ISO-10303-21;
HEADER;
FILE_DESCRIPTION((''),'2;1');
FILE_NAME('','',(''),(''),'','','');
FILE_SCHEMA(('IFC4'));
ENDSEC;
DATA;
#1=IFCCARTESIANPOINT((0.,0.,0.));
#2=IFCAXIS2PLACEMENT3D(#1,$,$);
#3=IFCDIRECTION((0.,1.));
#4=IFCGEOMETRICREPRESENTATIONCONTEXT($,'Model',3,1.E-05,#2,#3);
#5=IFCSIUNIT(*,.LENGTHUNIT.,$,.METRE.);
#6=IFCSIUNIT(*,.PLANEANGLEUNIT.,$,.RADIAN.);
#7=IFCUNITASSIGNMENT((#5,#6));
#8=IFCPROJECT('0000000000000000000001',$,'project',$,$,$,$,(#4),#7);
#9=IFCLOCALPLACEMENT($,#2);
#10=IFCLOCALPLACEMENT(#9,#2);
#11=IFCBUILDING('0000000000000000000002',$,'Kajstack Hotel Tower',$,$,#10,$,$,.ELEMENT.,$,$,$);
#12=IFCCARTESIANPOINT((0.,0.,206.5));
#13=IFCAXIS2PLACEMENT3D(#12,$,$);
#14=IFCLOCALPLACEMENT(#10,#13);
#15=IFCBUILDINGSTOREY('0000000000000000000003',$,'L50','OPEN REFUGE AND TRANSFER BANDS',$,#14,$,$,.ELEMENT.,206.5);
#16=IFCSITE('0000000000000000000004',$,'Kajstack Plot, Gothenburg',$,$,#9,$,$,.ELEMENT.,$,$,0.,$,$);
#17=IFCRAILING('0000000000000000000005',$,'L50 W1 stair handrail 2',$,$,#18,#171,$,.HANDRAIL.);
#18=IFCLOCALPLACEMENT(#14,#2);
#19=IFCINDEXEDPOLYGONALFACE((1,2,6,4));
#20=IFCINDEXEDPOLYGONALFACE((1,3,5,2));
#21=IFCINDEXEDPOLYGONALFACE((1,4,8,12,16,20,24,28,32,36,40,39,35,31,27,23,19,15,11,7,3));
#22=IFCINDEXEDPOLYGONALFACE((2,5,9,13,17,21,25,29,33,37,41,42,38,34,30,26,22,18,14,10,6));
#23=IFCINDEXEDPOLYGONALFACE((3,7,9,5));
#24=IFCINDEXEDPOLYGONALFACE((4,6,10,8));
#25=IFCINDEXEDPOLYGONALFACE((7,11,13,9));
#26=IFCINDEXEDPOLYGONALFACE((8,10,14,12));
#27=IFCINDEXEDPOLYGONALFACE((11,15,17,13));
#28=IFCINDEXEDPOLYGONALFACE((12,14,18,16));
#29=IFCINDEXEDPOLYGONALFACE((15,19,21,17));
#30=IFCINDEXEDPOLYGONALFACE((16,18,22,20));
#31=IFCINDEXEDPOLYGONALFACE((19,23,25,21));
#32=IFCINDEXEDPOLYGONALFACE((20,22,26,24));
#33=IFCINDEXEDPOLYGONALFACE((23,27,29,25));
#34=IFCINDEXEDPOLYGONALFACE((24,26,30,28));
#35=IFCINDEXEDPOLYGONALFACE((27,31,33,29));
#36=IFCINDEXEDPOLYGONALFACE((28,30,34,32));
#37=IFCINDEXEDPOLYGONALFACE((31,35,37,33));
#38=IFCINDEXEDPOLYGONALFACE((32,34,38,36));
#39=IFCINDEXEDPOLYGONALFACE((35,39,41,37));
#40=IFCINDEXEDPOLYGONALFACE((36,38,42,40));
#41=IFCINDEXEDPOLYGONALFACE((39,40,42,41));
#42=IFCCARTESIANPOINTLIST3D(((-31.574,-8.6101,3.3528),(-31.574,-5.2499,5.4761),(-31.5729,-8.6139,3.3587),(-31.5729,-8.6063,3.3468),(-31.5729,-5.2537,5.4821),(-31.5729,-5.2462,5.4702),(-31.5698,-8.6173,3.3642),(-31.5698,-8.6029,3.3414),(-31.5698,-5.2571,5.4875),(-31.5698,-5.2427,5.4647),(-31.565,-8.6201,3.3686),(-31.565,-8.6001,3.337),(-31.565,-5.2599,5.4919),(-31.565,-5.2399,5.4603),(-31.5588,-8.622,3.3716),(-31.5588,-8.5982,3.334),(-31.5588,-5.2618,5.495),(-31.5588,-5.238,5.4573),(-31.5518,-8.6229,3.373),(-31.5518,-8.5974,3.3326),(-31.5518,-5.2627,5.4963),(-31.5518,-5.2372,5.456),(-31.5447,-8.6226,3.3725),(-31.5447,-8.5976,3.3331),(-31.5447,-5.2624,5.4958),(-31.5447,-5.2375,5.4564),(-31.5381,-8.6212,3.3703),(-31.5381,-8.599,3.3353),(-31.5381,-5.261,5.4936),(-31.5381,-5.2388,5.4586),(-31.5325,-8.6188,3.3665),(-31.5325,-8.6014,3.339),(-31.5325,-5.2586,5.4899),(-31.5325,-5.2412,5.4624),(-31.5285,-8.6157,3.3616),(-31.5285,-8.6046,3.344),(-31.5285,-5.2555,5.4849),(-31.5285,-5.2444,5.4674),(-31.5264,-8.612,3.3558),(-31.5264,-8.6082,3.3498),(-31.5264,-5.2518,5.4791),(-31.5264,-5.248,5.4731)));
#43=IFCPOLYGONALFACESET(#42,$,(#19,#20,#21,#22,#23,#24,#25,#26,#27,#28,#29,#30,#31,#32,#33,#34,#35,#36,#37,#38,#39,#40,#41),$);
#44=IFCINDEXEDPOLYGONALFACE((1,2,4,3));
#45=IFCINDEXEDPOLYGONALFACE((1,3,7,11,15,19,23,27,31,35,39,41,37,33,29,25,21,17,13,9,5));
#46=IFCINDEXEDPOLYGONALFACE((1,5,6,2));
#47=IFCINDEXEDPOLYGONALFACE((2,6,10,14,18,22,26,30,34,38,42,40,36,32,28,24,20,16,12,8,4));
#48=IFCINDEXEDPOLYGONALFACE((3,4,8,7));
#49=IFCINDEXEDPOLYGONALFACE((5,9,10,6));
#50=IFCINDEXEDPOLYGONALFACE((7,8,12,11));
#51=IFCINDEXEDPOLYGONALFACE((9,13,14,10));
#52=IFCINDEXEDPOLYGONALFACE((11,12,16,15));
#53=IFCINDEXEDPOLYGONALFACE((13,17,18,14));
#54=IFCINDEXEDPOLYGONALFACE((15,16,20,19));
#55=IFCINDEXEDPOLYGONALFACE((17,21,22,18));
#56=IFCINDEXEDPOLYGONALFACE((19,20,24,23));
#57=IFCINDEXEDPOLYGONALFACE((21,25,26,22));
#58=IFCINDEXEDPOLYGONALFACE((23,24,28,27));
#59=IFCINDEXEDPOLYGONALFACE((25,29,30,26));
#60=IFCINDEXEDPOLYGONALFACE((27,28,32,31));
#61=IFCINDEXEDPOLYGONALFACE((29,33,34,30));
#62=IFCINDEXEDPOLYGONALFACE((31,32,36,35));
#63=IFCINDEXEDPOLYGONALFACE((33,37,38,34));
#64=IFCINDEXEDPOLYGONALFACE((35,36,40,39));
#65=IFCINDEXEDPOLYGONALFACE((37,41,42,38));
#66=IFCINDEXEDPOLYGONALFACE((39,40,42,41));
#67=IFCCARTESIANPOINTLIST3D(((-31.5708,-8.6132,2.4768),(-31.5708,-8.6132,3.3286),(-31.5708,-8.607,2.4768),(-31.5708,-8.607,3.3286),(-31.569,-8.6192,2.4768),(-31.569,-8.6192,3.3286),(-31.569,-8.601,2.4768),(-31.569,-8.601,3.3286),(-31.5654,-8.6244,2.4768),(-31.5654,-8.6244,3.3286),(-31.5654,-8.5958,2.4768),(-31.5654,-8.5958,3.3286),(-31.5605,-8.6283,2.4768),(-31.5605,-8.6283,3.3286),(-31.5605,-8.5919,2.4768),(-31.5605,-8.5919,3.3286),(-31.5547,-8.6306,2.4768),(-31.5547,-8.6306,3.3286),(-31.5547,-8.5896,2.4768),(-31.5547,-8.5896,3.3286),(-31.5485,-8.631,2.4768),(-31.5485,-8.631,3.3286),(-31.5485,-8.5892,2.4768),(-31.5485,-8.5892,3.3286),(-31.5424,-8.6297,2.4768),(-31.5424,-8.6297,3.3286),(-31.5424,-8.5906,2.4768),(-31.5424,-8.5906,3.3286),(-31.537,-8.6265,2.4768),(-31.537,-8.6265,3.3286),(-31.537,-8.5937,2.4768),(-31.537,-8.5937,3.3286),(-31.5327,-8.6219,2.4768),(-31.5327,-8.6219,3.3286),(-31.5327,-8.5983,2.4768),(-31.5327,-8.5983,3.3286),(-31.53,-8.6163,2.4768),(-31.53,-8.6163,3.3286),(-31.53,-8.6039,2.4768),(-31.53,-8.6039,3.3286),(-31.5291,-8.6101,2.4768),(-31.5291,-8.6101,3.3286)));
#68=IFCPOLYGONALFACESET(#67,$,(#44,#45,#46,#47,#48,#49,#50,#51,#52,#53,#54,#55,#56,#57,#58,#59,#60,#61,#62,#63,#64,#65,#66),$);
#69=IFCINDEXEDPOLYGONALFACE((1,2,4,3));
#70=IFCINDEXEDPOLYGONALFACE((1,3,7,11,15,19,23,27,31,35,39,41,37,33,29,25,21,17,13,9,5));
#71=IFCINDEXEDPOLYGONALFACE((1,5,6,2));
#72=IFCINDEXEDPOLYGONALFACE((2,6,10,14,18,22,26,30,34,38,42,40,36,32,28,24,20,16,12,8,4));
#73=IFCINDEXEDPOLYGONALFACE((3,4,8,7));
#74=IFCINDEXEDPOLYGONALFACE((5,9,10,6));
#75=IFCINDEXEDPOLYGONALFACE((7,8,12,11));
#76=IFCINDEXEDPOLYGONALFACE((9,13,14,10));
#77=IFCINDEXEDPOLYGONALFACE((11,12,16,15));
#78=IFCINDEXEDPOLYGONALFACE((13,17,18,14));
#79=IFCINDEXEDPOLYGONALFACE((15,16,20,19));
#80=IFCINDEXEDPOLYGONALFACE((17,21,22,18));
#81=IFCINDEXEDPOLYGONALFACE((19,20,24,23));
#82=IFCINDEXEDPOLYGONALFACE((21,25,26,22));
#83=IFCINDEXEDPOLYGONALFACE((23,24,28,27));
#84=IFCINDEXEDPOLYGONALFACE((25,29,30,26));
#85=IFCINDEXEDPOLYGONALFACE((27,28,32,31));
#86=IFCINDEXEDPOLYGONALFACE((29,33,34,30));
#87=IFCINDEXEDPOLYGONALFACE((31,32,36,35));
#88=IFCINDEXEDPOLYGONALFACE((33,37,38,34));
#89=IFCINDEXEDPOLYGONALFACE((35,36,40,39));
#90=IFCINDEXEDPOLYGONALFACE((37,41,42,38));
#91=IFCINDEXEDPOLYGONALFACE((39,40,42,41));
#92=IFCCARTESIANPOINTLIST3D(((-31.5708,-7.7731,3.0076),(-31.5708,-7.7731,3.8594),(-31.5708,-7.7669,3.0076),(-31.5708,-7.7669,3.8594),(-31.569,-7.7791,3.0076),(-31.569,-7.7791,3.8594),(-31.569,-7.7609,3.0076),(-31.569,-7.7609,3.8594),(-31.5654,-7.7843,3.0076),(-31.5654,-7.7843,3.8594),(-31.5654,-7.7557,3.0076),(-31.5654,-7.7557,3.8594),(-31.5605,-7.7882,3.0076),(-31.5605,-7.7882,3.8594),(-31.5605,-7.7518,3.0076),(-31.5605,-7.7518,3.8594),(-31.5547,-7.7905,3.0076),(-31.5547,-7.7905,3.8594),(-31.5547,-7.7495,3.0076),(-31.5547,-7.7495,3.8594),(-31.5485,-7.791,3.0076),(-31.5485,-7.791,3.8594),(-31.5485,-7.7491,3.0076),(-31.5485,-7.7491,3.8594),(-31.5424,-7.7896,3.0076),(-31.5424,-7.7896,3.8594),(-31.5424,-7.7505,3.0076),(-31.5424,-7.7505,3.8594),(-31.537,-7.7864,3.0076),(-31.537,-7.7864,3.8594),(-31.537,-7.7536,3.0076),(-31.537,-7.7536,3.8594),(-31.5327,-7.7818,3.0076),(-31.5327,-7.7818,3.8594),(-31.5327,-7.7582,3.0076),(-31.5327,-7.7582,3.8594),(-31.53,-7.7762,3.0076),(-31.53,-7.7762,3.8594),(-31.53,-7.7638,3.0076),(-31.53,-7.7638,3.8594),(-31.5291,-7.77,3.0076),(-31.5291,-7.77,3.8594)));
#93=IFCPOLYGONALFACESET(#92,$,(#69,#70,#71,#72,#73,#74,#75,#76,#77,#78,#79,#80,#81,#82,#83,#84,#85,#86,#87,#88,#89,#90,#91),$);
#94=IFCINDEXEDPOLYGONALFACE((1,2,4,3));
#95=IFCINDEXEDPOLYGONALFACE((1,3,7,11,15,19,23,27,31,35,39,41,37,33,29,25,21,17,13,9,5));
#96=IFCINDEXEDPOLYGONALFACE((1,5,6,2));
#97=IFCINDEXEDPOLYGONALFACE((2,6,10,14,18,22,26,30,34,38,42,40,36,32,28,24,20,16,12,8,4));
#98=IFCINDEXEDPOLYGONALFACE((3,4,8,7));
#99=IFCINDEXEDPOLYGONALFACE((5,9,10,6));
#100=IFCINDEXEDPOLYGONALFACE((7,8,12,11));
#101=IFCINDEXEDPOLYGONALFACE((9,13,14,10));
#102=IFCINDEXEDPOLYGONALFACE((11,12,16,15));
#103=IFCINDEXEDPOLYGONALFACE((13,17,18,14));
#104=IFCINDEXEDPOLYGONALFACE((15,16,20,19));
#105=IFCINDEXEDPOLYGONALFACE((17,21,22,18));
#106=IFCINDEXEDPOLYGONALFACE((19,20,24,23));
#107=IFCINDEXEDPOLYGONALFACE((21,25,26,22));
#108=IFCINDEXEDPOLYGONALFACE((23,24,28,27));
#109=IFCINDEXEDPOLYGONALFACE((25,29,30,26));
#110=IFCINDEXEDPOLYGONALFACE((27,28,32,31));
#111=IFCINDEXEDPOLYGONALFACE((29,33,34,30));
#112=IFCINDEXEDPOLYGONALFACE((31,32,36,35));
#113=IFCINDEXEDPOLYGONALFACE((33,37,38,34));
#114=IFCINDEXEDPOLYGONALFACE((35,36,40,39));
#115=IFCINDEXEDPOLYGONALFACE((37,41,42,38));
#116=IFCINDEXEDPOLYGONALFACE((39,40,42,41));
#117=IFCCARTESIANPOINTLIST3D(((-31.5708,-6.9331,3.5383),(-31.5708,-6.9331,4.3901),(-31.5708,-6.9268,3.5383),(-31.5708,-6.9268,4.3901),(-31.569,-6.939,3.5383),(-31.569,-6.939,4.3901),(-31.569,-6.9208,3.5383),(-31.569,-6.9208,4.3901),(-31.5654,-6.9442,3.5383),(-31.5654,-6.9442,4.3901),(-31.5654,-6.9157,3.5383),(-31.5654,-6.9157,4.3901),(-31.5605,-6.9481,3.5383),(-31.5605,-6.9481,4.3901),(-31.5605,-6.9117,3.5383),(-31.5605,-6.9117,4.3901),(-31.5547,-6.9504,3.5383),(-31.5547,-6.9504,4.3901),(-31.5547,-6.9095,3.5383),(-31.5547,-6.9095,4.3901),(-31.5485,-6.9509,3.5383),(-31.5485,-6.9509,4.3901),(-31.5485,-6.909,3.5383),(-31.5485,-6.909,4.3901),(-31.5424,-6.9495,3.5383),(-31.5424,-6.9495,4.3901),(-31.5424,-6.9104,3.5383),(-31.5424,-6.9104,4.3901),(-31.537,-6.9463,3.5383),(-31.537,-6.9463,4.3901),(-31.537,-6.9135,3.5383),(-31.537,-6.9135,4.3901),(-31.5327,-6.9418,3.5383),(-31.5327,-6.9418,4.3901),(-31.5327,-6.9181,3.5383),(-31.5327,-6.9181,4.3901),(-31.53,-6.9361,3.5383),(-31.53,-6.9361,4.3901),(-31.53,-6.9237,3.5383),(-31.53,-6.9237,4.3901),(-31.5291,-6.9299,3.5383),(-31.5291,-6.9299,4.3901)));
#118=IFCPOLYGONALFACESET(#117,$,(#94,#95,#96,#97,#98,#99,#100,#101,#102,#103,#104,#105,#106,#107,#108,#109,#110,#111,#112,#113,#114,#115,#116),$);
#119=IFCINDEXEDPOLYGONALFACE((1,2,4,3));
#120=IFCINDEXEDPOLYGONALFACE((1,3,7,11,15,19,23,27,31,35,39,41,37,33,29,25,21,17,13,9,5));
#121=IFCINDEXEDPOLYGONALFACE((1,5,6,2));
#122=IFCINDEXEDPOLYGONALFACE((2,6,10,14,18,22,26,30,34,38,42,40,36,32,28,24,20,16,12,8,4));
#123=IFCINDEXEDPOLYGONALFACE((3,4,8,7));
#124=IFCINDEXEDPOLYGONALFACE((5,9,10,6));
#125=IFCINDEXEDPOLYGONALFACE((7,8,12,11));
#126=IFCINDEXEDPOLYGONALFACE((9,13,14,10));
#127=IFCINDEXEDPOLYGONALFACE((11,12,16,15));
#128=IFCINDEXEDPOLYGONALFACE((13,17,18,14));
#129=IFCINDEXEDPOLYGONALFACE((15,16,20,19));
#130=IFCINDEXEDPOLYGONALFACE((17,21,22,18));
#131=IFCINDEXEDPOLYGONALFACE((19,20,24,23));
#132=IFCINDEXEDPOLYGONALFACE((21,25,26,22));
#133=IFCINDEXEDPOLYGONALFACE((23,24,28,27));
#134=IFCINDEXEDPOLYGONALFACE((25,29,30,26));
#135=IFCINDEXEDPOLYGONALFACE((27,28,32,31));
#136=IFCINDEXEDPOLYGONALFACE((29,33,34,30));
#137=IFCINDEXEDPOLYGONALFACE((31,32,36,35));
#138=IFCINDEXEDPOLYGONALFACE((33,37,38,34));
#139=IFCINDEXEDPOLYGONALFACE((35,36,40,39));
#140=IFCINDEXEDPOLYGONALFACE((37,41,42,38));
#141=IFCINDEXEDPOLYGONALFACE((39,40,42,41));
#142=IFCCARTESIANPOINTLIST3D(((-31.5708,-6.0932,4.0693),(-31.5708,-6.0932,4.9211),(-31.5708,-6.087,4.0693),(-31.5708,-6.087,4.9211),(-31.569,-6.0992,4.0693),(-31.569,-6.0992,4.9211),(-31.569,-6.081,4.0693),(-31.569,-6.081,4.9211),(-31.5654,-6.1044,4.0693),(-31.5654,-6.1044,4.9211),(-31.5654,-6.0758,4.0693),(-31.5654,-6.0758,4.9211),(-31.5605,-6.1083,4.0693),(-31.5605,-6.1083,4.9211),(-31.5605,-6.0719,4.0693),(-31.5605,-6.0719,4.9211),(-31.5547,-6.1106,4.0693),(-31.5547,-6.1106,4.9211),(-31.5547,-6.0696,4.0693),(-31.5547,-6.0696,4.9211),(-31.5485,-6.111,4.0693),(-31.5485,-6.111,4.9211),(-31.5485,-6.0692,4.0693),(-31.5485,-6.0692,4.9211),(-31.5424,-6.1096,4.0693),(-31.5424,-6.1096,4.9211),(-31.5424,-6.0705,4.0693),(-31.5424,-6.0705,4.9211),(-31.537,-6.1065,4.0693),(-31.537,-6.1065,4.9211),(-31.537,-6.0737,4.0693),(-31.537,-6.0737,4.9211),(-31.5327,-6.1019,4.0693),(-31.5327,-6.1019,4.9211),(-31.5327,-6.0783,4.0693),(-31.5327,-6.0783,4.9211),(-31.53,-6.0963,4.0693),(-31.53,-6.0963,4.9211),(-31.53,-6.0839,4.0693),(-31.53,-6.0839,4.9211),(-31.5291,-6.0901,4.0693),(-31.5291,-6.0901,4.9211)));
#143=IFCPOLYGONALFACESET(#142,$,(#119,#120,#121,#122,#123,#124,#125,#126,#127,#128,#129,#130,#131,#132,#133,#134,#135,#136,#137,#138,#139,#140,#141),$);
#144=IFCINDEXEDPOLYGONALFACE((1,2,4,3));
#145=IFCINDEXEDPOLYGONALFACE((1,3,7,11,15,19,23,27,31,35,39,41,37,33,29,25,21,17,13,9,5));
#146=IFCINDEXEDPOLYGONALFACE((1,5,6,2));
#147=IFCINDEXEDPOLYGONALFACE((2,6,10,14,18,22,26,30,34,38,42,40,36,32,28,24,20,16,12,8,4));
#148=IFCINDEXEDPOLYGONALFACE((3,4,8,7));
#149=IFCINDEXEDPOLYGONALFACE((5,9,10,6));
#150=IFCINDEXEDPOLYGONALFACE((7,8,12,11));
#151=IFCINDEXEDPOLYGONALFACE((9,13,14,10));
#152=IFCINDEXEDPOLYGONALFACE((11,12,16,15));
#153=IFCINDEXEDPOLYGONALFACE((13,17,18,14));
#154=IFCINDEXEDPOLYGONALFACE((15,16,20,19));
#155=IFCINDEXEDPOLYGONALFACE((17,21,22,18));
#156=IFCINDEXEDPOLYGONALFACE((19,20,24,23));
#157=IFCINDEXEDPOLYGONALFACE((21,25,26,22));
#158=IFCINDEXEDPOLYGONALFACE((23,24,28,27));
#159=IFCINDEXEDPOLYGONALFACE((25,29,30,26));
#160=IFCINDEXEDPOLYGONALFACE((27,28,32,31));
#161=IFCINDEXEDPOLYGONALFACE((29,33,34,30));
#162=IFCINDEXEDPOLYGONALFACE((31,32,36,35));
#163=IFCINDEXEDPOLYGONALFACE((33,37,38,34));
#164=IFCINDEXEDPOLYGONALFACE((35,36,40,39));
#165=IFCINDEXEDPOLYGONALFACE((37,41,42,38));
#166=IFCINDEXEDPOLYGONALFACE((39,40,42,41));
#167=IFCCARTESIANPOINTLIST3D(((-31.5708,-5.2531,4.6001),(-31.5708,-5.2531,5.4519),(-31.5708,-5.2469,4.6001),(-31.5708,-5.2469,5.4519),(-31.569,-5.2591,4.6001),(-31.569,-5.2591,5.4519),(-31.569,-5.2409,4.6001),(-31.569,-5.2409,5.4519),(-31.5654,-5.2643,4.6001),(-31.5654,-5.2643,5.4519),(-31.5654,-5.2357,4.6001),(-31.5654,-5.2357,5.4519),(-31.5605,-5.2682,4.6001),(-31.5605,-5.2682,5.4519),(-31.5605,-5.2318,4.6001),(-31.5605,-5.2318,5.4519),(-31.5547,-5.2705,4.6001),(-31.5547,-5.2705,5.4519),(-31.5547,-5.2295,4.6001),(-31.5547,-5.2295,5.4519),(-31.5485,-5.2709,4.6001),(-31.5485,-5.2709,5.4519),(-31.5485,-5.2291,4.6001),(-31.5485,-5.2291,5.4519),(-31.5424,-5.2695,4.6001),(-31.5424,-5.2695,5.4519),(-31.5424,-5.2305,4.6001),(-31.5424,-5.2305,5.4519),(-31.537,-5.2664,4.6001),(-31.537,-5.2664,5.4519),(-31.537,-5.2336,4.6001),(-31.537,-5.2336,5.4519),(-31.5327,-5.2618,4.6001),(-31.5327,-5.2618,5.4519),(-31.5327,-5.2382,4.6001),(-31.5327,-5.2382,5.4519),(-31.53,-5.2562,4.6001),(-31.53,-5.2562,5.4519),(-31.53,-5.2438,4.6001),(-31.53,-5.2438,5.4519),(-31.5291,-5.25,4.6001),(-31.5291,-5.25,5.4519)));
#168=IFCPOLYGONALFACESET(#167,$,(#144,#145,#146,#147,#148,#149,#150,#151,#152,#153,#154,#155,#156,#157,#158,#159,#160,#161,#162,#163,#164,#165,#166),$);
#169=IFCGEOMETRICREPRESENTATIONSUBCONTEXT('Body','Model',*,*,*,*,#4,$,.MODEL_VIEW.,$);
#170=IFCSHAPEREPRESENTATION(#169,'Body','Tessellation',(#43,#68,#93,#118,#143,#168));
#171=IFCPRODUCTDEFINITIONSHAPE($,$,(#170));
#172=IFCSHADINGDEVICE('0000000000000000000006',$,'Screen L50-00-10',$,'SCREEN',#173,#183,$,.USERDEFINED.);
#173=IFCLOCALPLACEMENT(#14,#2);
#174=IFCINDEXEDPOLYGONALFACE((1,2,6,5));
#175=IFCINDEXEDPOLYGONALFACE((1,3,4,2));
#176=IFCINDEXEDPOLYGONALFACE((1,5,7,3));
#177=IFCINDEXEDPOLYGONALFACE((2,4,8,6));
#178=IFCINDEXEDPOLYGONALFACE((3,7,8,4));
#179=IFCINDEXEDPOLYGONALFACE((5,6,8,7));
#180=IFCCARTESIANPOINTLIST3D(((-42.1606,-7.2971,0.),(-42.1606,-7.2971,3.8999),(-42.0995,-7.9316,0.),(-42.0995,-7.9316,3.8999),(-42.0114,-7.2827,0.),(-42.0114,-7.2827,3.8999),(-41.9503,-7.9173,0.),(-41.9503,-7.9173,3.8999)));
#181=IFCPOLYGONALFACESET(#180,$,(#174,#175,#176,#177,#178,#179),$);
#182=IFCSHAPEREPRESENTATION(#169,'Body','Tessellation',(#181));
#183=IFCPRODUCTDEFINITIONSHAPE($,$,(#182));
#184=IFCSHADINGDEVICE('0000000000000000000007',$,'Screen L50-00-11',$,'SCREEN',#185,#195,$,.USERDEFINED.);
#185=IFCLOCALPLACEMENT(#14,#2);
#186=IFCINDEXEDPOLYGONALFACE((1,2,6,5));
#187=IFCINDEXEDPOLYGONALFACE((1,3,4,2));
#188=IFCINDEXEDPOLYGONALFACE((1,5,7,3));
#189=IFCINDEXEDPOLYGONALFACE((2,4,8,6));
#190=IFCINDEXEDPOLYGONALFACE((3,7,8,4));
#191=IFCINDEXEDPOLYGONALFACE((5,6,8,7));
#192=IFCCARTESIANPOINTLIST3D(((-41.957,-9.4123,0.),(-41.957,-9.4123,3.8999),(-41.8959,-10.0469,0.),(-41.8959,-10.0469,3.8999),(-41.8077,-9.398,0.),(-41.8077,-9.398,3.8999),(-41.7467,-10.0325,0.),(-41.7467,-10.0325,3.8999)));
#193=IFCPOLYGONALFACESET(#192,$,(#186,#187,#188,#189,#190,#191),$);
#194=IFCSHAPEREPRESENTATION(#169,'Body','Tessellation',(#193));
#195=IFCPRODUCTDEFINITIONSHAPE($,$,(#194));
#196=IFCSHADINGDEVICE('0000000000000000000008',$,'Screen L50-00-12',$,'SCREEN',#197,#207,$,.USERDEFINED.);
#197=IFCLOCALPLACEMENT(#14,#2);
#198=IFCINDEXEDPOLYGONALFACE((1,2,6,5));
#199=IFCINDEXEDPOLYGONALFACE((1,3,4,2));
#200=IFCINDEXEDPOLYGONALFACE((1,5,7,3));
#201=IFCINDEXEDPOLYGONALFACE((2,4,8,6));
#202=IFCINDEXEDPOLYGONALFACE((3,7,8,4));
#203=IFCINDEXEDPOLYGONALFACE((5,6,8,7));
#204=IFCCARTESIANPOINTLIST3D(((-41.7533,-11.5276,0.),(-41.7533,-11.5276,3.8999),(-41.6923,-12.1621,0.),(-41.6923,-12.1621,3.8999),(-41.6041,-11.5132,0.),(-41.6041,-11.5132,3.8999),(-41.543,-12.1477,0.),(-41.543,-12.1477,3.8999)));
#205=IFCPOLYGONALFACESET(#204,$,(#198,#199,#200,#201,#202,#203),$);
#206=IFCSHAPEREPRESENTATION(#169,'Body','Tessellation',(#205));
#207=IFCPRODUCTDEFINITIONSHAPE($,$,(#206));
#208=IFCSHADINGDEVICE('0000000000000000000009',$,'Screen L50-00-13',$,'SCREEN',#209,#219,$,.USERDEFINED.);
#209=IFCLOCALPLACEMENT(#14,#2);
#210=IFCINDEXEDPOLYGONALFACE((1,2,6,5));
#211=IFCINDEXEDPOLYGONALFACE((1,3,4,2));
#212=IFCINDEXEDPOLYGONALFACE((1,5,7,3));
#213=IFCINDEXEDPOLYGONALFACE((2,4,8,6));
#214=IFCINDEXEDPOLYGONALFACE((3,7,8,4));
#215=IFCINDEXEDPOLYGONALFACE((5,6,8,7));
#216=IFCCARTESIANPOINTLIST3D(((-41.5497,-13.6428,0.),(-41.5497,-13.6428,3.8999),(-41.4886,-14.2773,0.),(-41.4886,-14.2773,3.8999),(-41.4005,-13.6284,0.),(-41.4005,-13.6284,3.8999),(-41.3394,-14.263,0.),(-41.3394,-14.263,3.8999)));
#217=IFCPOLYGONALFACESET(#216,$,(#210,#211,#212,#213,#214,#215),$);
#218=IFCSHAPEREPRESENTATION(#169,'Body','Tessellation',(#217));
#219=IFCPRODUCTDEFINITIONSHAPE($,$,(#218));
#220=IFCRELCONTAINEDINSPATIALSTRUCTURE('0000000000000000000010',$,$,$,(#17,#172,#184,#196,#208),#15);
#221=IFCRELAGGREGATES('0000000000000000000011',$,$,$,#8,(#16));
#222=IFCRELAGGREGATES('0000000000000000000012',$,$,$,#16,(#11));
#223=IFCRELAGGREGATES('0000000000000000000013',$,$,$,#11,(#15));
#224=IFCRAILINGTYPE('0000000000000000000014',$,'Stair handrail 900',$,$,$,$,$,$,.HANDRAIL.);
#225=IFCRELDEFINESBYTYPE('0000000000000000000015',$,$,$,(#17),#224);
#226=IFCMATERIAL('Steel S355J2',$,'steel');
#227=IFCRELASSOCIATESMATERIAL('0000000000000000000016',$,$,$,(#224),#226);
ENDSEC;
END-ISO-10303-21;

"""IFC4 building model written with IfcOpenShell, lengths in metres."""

from ifc_helpers import new_model, si_unit, direction, frame, origin, origin_2d, place, context, subcontext, project, spatial, rectangle, circle, extrude, material, type_object, element, save


model = new_model("IFC4")

# Units and contexts
model_context = context("Model", 3, precision=1e-05, world=origin(), true_north=direction((0.0, 1.0)))
body_context = subcontext(model_context, "Body", "Model", "MODEL_VIEW")
ifc_project = project(units=[si_unit("LENGTHUNIT", "METRE"), si_unit("PLANEANGLEUNIT", "RADIAN")], contexts=[model_context])

# Site, building, storey
site_placement = place(None, origin())
site = spatial("IfcSite", under=ifc_project, at=site_placement, Name="Kajstack Plot, Gothenburg", CompositionType="ELEMENT", RefElevation=0.0)
building_placement = place(site_placement, origin())
building = spatial("IfcBuilding", under=site, at=building_placement, Name="Kajstack Hotel Tower", CompositionType="ELEMENT")
storey_placement = place(building_placement, frame((0.0, 0.0, 206.5)))
storey = spatial("IfcBuildingStorey", under=building, at=storey_placement, Name="L50", Description="OPEN REFUGE AND TRANSFER BANDS", CompositionType="ELEMENT", Elevation=206.5)

# Railing
ifc_material_1 = material(Name="Steel S355J2", Category="steel")
railing_type_1 = type_object("IfcRailingType", Name="Stair handrail 900", PredefinedType="HANDRAIL", material=ifc_material_1)
railing_1_placement = place(storey_placement, frame((-31.55, -8.6101, 2.4768)))
element("IfcRailing", 1, at=railing_1_placement, inside=storey, type_object=railing_type_1, Name="L50 W1 stair handrail 2", PredefinedType="HANDRAIL", context=body_context, shape_type="SweptSolid", body=[
    extrude(circle(Radius=0.0239, at=origin_2d()), frame((0.0, 0.0, 0.876), z_axis=(0.0, 0.845362, 0.534194), x_axis=(-1.0, 0.0, 0.0)), (0.0, 0.0, 1.0), 3.9749),
    extrude(circle(Radius=0.021, at=origin_2d()), origin(), (0.0, 0.0, 1.0), 0.8518),
    extrude(circle(Radius=0.021, at=origin_2d()), frame((0.0, 0.8401, 0.5308)), (0.0, 0.0, 1.0), 0.8518),
    extrude(circle(Radius=0.021, at=origin_2d()), frame((0.0, 1.6802, 1.0615)), (0.0, 0.0, 1.0), 0.8518),
    extrude(circle(Radius=0.021, at=origin_2d()), frame((0.0, 2.52, 1.5925)), (0.0, 0.0, 1.0), 0.8518),
    extrude(circle(Radius=0.021, at=origin_2d()), frame((0.0, 3.3601, 2.1233)), (0.0, 0.0, 1.0), 0.8518),
])

# Shading devices
for number, where, z_axis, x_axis, name in (
    (2, (-42.0554, -7.6072, 0.0), (0.0, 0.0, 1.0), (0.095844, -0.995396, 0.0), "Screen L50-00-10"),
    (3, (-41.8518, -9.7224, 0.0), (0.0, 0.0, 1.0), (0.095844, -0.995396, 0.0), "Screen L50-00-11"),
    (4, (-41.6482, -11.8376, 0.0), (0.0, 0.0, 1.0), (0.095844, -0.995396, 0.0), "Screen L50-00-12"),
    (5, (-41.4446, -13.9529, 0.0), (0.0, 0.0, 1.0), (0.095844, -0.995396, 0.0), "Screen L50-00-13"),
):
    element("IfcShadingDevice", number, at=place(storey_placement, frame(where, z_axis=z_axis, x_axis=x_axis)), inside=storey, Name=name, ObjectType="SCREEN", PredefinedType="USERDEFINED", context=body_context, shape_type="SweptSolid", body=[
        extrude(rectangle(XDim=0.6375, YDim=0.1499, at=origin_2d()), origin(), (0.0, 0.0, 1.0), 3.8999),
    ])

save(model, "model.ifc")
